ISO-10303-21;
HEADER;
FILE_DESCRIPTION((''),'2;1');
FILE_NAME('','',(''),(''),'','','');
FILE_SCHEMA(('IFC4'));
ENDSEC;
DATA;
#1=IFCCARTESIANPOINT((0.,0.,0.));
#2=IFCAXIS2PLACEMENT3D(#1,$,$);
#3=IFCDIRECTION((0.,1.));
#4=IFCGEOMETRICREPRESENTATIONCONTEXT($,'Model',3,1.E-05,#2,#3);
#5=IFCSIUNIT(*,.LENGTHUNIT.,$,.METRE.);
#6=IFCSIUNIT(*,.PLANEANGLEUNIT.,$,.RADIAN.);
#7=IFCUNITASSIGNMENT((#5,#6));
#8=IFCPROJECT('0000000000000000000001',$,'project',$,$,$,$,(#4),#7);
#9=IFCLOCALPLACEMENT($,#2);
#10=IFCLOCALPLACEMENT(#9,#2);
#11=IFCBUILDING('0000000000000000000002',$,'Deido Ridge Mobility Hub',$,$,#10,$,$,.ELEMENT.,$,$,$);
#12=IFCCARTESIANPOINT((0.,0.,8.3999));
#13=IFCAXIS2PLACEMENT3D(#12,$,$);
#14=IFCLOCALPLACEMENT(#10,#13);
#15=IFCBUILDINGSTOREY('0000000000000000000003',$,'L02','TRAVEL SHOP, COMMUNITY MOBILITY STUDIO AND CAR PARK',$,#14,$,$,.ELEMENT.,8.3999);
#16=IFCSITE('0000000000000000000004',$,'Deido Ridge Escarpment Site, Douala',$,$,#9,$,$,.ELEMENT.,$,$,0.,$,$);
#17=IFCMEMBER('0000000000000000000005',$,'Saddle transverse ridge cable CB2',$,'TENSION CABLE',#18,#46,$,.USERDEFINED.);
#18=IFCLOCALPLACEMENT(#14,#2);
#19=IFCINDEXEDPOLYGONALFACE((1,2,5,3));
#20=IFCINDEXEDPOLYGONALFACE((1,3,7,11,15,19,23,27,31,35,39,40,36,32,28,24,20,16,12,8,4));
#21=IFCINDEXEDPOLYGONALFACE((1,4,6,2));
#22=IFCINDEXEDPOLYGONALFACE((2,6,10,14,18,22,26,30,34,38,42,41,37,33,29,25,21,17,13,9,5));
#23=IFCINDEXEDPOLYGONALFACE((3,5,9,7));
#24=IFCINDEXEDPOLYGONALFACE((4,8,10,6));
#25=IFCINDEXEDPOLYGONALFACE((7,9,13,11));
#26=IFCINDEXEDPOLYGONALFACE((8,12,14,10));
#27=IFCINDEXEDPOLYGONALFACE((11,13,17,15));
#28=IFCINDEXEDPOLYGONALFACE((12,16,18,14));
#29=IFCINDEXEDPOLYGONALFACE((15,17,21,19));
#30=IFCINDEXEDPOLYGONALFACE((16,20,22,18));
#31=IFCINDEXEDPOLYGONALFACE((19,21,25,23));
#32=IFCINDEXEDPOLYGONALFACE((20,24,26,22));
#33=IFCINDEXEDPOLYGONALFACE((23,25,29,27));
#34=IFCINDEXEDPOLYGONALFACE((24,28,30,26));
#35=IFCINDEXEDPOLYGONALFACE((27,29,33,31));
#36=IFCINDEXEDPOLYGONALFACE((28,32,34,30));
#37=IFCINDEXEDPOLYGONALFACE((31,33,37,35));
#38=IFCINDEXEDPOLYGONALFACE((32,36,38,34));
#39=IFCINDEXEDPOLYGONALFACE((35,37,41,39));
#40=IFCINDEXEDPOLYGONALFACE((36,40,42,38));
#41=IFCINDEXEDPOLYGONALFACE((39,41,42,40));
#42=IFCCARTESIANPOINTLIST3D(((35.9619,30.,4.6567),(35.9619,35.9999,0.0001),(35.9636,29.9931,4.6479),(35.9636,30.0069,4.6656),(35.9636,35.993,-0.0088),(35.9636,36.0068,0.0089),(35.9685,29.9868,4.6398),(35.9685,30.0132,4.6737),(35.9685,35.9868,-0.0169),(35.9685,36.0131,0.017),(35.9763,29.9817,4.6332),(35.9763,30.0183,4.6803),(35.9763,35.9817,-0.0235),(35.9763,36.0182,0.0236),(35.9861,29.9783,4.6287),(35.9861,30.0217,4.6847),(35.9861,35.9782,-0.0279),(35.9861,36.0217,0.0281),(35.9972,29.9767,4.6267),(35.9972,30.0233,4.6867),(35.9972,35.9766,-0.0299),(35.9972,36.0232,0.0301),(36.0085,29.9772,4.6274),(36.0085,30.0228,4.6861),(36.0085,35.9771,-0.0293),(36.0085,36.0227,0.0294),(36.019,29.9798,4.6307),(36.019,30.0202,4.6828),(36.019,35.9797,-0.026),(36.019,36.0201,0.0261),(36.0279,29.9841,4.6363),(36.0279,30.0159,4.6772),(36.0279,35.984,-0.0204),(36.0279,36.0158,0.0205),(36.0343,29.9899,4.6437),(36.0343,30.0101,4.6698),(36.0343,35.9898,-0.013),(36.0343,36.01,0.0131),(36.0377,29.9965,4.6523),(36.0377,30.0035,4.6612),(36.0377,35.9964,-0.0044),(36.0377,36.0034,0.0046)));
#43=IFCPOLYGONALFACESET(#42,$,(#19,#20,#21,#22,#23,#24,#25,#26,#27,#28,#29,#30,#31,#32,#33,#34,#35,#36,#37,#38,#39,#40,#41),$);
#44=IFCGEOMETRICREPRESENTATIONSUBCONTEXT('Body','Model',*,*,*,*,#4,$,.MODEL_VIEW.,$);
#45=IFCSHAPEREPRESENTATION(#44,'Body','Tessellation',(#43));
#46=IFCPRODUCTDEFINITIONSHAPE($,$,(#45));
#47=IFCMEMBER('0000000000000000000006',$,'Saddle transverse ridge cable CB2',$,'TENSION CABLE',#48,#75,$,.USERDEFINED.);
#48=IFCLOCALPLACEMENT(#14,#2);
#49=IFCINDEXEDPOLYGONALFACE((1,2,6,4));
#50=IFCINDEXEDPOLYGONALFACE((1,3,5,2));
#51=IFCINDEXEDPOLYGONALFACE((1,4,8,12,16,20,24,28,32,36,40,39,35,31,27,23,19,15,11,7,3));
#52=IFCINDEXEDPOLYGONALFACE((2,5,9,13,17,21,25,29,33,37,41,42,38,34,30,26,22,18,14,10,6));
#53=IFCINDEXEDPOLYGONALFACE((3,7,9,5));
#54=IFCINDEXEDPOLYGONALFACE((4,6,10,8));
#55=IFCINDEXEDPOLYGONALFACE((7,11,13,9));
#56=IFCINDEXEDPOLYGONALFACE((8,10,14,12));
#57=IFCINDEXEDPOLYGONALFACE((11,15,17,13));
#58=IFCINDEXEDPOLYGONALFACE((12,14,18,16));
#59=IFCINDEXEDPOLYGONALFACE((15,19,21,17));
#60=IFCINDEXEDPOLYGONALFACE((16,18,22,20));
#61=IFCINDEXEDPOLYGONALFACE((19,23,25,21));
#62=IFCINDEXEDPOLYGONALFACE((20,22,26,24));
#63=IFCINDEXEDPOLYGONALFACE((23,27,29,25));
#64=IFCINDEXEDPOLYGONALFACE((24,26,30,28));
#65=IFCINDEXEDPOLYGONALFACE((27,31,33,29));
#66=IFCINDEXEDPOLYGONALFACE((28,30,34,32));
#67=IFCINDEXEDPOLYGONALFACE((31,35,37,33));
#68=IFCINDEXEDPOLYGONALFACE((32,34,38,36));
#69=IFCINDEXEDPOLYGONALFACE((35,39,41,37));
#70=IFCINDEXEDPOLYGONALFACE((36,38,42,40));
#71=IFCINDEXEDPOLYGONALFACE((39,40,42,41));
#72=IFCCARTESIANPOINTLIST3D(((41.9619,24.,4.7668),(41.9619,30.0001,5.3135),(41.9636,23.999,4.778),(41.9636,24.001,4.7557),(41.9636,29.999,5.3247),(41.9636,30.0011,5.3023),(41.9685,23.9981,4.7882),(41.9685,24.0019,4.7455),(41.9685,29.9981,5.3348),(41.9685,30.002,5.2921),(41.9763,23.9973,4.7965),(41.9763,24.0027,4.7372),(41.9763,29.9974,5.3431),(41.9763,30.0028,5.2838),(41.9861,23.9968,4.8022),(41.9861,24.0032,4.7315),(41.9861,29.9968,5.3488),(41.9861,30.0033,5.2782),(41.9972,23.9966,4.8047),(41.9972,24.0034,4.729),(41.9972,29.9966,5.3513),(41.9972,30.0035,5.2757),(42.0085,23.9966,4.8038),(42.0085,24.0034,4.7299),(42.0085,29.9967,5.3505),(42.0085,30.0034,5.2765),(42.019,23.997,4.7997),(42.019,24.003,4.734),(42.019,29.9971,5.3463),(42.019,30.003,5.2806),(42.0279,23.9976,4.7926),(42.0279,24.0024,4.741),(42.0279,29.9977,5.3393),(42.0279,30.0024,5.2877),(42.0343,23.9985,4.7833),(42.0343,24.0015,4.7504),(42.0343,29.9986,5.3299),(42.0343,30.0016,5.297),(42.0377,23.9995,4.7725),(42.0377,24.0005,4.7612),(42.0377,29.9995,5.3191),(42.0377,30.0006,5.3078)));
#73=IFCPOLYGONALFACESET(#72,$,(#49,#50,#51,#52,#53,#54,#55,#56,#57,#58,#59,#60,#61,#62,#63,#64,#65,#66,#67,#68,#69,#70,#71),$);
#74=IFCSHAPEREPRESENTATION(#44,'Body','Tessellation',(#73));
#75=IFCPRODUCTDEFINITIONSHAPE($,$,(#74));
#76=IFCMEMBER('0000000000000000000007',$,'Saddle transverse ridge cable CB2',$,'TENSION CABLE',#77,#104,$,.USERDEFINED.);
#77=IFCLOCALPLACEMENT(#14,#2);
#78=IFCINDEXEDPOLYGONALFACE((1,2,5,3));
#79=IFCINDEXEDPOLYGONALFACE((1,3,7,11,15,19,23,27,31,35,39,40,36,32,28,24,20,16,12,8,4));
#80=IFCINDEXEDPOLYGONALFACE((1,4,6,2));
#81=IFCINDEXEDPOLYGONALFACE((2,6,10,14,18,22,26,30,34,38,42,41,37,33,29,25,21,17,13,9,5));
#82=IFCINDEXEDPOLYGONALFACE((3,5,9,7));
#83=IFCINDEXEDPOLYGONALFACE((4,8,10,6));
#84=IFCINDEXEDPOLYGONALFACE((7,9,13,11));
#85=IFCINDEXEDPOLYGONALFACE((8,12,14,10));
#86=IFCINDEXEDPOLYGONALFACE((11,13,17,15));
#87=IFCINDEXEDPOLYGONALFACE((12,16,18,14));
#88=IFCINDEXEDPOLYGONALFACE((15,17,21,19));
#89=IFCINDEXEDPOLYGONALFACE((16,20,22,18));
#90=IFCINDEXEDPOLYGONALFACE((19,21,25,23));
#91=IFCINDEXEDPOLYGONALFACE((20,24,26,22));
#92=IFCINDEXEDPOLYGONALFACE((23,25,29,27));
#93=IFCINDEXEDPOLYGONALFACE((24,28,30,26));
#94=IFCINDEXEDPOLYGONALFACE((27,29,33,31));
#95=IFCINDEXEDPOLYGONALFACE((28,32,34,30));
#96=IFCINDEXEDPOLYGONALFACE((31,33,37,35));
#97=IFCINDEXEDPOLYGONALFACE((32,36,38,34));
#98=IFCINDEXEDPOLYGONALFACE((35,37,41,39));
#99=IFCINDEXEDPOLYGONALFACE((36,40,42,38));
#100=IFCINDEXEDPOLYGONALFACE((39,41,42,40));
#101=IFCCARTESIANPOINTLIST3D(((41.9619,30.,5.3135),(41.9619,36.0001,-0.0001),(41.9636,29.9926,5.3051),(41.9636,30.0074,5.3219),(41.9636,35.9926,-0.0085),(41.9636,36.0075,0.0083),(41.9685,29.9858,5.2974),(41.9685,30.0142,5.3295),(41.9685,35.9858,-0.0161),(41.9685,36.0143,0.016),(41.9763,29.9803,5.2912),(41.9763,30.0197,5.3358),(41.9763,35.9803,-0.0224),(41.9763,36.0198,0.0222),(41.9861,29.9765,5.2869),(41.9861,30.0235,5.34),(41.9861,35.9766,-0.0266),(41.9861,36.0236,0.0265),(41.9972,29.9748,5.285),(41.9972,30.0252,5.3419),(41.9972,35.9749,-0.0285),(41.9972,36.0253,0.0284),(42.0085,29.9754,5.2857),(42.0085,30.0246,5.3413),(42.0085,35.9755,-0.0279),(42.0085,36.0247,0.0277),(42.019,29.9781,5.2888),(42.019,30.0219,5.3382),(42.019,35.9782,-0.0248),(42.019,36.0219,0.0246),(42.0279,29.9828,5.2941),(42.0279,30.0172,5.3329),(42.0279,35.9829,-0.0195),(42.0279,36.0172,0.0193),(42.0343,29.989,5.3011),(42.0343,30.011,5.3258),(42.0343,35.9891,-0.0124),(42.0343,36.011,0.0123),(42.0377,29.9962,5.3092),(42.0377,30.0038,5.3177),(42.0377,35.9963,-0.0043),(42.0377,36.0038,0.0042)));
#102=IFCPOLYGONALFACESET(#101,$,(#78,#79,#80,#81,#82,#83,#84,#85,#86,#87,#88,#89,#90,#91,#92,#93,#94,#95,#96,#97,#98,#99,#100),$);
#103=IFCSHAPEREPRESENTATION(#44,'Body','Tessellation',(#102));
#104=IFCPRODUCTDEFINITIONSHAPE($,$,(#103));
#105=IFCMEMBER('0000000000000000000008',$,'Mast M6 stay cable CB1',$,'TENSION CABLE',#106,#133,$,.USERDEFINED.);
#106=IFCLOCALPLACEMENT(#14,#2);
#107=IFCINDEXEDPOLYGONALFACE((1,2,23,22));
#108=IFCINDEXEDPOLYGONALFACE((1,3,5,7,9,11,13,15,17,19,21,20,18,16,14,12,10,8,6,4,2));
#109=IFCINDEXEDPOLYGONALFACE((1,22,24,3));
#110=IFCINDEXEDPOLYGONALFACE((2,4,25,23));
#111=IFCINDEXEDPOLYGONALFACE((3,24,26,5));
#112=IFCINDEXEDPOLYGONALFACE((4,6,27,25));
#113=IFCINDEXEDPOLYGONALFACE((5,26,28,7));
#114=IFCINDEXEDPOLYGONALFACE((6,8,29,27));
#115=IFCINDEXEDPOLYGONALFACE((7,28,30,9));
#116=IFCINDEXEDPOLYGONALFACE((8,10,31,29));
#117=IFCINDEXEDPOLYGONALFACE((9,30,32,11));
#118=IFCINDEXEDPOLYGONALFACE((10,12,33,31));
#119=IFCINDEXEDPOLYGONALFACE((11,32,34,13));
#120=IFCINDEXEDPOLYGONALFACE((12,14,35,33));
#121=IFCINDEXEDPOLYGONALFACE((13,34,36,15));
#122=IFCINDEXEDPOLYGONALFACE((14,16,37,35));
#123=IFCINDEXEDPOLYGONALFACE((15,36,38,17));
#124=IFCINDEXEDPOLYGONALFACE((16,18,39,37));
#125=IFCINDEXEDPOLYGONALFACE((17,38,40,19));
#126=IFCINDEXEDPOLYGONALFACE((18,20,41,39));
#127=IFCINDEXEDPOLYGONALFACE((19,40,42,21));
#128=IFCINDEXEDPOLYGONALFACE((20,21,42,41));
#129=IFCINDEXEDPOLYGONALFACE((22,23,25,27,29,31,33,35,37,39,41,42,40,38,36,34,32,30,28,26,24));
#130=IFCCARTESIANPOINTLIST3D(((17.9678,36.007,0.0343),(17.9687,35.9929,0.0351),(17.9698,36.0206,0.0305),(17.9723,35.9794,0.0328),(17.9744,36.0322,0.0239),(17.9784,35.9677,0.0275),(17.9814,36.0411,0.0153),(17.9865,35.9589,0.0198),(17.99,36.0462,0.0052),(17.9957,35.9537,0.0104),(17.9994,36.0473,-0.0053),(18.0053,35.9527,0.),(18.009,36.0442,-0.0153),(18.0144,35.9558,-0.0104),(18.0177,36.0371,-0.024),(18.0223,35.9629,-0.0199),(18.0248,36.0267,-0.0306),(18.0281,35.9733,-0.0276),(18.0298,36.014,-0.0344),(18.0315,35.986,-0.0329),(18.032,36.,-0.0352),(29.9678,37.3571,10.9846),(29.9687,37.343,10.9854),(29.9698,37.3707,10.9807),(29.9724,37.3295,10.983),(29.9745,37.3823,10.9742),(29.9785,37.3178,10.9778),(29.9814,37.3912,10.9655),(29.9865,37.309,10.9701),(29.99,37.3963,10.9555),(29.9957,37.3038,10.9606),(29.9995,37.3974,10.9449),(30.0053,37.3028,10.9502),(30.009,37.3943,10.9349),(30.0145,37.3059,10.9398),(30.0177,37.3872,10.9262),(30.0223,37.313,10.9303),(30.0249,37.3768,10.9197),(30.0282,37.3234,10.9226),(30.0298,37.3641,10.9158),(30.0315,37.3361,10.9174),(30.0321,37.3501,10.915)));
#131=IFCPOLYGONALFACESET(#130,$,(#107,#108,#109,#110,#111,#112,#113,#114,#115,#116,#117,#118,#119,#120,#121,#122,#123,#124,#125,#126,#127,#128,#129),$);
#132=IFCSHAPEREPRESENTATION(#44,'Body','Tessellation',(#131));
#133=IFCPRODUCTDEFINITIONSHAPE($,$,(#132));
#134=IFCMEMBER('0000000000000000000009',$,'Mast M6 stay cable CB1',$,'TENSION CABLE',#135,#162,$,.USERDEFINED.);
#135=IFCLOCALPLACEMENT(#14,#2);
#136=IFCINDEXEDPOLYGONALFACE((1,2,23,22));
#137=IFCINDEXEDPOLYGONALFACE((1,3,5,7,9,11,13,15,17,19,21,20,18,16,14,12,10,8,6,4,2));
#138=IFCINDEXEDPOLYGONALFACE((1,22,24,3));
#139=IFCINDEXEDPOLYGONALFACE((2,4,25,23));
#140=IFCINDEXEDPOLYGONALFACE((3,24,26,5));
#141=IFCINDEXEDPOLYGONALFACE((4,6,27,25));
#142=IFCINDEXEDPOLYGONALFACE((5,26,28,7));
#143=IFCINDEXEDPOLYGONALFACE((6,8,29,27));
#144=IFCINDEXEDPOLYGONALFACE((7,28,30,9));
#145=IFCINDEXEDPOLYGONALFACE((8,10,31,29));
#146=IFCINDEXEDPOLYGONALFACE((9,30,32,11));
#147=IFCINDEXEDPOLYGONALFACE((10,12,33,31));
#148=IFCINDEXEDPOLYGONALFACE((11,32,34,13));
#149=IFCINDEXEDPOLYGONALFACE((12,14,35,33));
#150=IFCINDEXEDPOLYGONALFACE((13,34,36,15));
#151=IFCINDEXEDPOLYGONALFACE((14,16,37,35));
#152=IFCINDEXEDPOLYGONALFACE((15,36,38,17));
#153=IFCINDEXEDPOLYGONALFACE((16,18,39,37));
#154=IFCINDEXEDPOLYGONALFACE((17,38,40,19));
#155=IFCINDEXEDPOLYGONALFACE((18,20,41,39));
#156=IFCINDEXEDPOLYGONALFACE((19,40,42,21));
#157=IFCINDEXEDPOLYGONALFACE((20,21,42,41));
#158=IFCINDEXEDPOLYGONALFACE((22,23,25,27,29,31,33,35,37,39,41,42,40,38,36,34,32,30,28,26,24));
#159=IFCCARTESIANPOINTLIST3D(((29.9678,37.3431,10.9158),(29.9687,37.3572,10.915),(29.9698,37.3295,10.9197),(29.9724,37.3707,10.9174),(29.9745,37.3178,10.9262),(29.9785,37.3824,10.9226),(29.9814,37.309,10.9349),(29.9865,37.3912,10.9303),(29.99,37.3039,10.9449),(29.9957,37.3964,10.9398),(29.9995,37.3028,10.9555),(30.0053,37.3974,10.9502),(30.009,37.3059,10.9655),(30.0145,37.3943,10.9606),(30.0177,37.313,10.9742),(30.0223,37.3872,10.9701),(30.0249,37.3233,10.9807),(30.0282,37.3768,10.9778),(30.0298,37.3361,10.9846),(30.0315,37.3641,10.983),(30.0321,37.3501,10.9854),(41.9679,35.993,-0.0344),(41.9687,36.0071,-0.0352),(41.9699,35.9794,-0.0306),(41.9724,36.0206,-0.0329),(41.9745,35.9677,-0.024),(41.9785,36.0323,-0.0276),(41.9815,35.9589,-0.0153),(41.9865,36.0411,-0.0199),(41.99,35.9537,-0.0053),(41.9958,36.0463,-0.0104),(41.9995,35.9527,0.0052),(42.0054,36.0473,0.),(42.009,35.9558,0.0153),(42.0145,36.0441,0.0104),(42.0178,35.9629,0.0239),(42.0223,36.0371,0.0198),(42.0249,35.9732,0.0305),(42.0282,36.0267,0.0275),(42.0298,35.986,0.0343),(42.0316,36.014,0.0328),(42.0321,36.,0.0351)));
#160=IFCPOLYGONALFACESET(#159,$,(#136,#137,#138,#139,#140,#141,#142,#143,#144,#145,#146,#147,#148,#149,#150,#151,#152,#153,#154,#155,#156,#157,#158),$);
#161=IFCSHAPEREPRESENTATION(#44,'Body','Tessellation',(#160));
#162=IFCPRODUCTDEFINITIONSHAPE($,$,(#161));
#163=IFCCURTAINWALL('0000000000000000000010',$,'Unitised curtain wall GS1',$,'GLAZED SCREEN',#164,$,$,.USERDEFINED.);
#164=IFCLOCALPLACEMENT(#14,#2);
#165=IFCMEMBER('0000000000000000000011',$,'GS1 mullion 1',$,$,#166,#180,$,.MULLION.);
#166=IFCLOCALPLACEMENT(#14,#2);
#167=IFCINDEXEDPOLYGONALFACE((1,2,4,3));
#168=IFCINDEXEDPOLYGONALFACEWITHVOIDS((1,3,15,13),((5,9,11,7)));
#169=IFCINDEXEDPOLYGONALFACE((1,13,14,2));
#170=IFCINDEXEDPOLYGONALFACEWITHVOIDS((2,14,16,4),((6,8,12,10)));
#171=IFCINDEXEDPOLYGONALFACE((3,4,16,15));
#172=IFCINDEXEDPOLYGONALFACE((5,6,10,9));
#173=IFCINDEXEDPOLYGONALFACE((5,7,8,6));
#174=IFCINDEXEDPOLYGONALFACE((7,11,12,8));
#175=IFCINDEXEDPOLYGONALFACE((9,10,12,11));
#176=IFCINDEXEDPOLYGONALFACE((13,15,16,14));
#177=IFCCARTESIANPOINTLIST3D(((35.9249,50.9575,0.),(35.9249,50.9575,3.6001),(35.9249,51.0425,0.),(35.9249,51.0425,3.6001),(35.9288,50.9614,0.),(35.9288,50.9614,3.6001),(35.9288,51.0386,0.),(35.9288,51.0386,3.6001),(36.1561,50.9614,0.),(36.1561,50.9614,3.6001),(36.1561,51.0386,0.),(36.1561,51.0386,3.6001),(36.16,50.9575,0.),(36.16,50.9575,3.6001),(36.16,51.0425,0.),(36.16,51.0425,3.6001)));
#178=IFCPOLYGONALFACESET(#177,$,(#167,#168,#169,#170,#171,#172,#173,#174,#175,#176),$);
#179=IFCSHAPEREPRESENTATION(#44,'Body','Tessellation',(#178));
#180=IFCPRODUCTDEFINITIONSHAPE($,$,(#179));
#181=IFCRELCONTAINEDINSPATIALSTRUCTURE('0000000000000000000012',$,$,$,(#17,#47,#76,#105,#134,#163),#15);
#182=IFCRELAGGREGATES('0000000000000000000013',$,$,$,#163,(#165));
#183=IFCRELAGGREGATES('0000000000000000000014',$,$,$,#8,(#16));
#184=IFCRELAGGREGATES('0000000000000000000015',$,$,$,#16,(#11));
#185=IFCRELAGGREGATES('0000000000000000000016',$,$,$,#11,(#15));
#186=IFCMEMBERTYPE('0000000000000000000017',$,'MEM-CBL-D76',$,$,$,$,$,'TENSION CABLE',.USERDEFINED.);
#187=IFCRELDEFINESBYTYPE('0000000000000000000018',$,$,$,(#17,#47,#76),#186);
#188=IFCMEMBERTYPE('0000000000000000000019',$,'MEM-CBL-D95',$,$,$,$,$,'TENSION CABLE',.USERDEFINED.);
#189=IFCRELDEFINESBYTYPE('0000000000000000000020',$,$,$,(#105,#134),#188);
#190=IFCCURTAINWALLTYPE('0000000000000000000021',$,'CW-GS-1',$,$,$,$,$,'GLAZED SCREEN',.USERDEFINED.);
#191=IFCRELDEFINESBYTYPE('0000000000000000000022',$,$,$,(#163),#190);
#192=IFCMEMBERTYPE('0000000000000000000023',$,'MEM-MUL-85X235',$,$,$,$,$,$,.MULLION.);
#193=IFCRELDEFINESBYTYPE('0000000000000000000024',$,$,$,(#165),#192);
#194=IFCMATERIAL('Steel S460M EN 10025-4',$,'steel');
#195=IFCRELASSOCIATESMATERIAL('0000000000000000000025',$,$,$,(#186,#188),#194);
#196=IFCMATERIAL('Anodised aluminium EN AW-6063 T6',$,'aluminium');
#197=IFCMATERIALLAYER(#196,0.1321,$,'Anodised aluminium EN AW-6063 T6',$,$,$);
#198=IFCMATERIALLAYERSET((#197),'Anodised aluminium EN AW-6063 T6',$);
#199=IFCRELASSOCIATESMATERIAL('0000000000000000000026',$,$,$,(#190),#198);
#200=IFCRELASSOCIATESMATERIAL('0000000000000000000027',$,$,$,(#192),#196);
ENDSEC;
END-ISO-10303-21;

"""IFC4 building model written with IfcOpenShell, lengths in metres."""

from ifc_helpers import new_model, si_unit, direction, frame, origin, origin_2d, place, context, subcontext, project, spatial, hollow_rectangle, circle, extrude, material, layer, layer_set, material_profile, profile_set, type_object, element, aggregate, save


model = new_model("IFC4")

# Units and contexts
model_context = context("Model", 3, precision=1e-05, world=origin(), true_north=direction((0.0, 1.0)))
body_context = subcontext(model_context, "Body", "Model", "MODEL_VIEW")
ifc_project = project(units=[si_unit("LENGTHUNIT", "METRE"), si_unit("PLANEANGLEUNIT", "RADIAN")], contexts=[model_context])

# Site, building, storey
site_placement = place(None, origin())
site = spatial("IfcSite", under=ifc_project, at=site_placement, Name="Deido Ridge Escarpment Site, Douala", CompositionType="ELEMENT", RefElevation=0.0)
building_placement = place(site_placement, origin())
building = spatial("IfcBuilding", under=site, at=building_placement, Name="Deido Ridge Mobility Hub", CompositionType="ELEMENT")
storey_placement = place(building_placement, frame((0.0, 0.0, 8.3999)))
storey = spatial("IfcBuildingStorey", under=building, at=storey_placement, Name="L02", Description="TRAVEL SHOP, COMMUNITY MOBILITY STUDIO AND CAR PARK", CompositionType="ELEMENT", Elevation=8.3999)

# Members
ifc_material_1 = material(Name="Steel S460M EN 10025-4", Category="steel")
ifc_material_profile_1 = material_profile(ifc_material_1, circle(Radius=0.0381, at=origin_2d()), Name="CABLE D76")
ifc_profile_set_1 = profile_set([ifc_material_profile_1], Name="Steel S460M EN 10025-4")
member_type_1 = type_object("IfcMemberType", Name="MEM-CBL-D76", ElementType="TENSION CABLE", PredefinedType="USERDEFINED", material=ifc_profile_set_1)
member_1_placement = place(storey_placement, frame((36.0, 30.0, 4.6567), z_axis=(0.0, 0.789985, -0.613126), x_axis=(-1.0, 0.0, 0.0)))
element("IfcMember", 1, at=member_1_placement, inside=storey, type_object=member_type_1, Name="Saddle transverse ridge cable CB2", ObjectType="TENSION CABLE", PredefinedType="USERDEFINED", context=body_context, shape_type="SweptSolid", body=[
    extrude(circle(Radius=0.0381, at=origin_2d()), origin(), (0.0, 0.0, 1.0), 7.595),
])
member_2_placement = place(storey_placement, frame((42.0, 24.0, 4.7668), z_axis=(0.0, 0.995876, 0.090729), x_axis=(-1.0, 0.0, 0.0)))
element("IfcMember", 2, at=member_2_placement, inside=storey, type_object=member_type_1, Name="Saddle transverse ridge cable CB2", ObjectType="TENSION CABLE", PredefinedType="USERDEFINED", context=body_context, shape_type="SweptSolid", body=[
    extrude(circle(Radius=0.0381, at=origin_2d()), origin(), (0.0, 0.0, 1.0), 6.0249),
])
member_3_placement = place(storey_placement, frame((42.0, 30.0, 5.3135), z_axis=(0.0, 0.748638, -0.662979), x_axis=(-1.0, 0.0, 0.0)))
element("IfcMember", 3, at=member_3_placement, inside=storey, type_object=member_type_1, Name="Saddle transverse ridge cable CB2", ObjectType="TENSION CABLE", PredefinedType="USERDEFINED", context=body_context, shape_type="SweptSolid", body=[
    extrude(circle(Radius=0.0381, at=origin_2d()), origin(), (0.0, 0.0, 1.0), 8.0146),
])
ifc_material_profile_2 = material_profile(ifc_material_1, circle(Radius=0.0476, at=origin_2d()), Name="CABLE D95")
ifc_profile_set_2 = profile_set([ifc_material_profile_2], Name="Steel S460M EN 10025-4")
member_type_2 = type_object("IfcMemberType", Name="MEM-CBL-D95", ElementType="TENSION CABLE", PredefinedType="USERDEFINED", material=ifc_profile_set_2)
for number, where, z_axis, x_axis, name in (
    (4, (30.0, 37.3501, 10.9502), (-0.736142, -0.082822, -0.671741), (0.111803, -0.99373, 0.0), "Mast M6 stay cable CB1"),
    (5, (30.0, 37.3501, 10.9502), (0.736142, -0.082822, -0.671741), (0.111803, 0.99373, 0.0), "Mast M6 stay cable CB1"),
):
    element("IfcMember", number, at=place(storey_placement, frame(where, z_axis=z_axis, x_axis=x_axis)), inside=storey, type_object=member_type_2, Name=name, ObjectType="TENSION CABLE", PredefinedType="USERDEFINED", context=body_context, shape_type="SweptSolid", body=[
        extrude(circle(Radius=0.0476, at=origin_2d()), origin(), (0.0, 0.0, 1.0), 16.3013),
    ])

# Curtain wall, member
ifc_material_2 = material(Name="Anodised aluminium EN AW-6063 T6", Category="aluminium")
ifc_layer_1 = layer(ifc_material_2, 0.1321, Name="Anodised aluminium EN AW-6063 T6")
ifc_layer_set_1 = layer_set([ifc_layer_1], Name="Anodised aluminium EN AW-6063 T6")
curtain_wall_type = type_object("IfcCurtainWallType", Name="CW-GS-1", ElementType="GLAZED SCREEN", PredefinedType="USERDEFINED", material=ifc_layer_set_1)
curtain_wall_placement = place(storey_placement, origin())
curtain_wall = element("IfcCurtainWall", 6, at=curtain_wall_placement, inside=storey, type_object=curtain_wall_type, Name="Unitised curtain wall GS1", ObjectType="GLAZED SCREEN", PredefinedType="USERDEFINED")
ifc_material_profile_3 = material_profile(ifc_material_2, hollow_rectangle(XDim=0.085, YDim=0.2351, WallThickness=0.0039, at=origin_2d()), Name="RHS 85x235x4")
ifc_profile_set_3 = profile_set([ifc_material_profile_3], Name="Anodised aluminium EN AW-6063 T6")
member_type_3 = type_object("IfcMemberType", Name="MEM-MUL-85X235", PredefinedType="MULLION", material=ifc_profile_set_3)
member_4_placement = place(storey_placement, frame((36.0425, 51.0, 0.0), z_axis=(0.0, 0.0, 1.0), x_axis=(0.0, 1.0, 0.0)))
member_4 = element("IfcMember", 7, at=member_4_placement, type_object=member_type_3, Name="GS1 mullion 1", PredefinedType="MULLION", context=body_context, shape_type="SweptSolid", body=[
    extrude(hollow_rectangle(XDim=0.085, YDim=0.2351, WallThickness=0.0039, at=origin_2d()), origin(), (0.0, 0.0, 1.0), 3.6001),
])

aggregate(curtain_wall, [member_4])

save(model, "model.ifc")
